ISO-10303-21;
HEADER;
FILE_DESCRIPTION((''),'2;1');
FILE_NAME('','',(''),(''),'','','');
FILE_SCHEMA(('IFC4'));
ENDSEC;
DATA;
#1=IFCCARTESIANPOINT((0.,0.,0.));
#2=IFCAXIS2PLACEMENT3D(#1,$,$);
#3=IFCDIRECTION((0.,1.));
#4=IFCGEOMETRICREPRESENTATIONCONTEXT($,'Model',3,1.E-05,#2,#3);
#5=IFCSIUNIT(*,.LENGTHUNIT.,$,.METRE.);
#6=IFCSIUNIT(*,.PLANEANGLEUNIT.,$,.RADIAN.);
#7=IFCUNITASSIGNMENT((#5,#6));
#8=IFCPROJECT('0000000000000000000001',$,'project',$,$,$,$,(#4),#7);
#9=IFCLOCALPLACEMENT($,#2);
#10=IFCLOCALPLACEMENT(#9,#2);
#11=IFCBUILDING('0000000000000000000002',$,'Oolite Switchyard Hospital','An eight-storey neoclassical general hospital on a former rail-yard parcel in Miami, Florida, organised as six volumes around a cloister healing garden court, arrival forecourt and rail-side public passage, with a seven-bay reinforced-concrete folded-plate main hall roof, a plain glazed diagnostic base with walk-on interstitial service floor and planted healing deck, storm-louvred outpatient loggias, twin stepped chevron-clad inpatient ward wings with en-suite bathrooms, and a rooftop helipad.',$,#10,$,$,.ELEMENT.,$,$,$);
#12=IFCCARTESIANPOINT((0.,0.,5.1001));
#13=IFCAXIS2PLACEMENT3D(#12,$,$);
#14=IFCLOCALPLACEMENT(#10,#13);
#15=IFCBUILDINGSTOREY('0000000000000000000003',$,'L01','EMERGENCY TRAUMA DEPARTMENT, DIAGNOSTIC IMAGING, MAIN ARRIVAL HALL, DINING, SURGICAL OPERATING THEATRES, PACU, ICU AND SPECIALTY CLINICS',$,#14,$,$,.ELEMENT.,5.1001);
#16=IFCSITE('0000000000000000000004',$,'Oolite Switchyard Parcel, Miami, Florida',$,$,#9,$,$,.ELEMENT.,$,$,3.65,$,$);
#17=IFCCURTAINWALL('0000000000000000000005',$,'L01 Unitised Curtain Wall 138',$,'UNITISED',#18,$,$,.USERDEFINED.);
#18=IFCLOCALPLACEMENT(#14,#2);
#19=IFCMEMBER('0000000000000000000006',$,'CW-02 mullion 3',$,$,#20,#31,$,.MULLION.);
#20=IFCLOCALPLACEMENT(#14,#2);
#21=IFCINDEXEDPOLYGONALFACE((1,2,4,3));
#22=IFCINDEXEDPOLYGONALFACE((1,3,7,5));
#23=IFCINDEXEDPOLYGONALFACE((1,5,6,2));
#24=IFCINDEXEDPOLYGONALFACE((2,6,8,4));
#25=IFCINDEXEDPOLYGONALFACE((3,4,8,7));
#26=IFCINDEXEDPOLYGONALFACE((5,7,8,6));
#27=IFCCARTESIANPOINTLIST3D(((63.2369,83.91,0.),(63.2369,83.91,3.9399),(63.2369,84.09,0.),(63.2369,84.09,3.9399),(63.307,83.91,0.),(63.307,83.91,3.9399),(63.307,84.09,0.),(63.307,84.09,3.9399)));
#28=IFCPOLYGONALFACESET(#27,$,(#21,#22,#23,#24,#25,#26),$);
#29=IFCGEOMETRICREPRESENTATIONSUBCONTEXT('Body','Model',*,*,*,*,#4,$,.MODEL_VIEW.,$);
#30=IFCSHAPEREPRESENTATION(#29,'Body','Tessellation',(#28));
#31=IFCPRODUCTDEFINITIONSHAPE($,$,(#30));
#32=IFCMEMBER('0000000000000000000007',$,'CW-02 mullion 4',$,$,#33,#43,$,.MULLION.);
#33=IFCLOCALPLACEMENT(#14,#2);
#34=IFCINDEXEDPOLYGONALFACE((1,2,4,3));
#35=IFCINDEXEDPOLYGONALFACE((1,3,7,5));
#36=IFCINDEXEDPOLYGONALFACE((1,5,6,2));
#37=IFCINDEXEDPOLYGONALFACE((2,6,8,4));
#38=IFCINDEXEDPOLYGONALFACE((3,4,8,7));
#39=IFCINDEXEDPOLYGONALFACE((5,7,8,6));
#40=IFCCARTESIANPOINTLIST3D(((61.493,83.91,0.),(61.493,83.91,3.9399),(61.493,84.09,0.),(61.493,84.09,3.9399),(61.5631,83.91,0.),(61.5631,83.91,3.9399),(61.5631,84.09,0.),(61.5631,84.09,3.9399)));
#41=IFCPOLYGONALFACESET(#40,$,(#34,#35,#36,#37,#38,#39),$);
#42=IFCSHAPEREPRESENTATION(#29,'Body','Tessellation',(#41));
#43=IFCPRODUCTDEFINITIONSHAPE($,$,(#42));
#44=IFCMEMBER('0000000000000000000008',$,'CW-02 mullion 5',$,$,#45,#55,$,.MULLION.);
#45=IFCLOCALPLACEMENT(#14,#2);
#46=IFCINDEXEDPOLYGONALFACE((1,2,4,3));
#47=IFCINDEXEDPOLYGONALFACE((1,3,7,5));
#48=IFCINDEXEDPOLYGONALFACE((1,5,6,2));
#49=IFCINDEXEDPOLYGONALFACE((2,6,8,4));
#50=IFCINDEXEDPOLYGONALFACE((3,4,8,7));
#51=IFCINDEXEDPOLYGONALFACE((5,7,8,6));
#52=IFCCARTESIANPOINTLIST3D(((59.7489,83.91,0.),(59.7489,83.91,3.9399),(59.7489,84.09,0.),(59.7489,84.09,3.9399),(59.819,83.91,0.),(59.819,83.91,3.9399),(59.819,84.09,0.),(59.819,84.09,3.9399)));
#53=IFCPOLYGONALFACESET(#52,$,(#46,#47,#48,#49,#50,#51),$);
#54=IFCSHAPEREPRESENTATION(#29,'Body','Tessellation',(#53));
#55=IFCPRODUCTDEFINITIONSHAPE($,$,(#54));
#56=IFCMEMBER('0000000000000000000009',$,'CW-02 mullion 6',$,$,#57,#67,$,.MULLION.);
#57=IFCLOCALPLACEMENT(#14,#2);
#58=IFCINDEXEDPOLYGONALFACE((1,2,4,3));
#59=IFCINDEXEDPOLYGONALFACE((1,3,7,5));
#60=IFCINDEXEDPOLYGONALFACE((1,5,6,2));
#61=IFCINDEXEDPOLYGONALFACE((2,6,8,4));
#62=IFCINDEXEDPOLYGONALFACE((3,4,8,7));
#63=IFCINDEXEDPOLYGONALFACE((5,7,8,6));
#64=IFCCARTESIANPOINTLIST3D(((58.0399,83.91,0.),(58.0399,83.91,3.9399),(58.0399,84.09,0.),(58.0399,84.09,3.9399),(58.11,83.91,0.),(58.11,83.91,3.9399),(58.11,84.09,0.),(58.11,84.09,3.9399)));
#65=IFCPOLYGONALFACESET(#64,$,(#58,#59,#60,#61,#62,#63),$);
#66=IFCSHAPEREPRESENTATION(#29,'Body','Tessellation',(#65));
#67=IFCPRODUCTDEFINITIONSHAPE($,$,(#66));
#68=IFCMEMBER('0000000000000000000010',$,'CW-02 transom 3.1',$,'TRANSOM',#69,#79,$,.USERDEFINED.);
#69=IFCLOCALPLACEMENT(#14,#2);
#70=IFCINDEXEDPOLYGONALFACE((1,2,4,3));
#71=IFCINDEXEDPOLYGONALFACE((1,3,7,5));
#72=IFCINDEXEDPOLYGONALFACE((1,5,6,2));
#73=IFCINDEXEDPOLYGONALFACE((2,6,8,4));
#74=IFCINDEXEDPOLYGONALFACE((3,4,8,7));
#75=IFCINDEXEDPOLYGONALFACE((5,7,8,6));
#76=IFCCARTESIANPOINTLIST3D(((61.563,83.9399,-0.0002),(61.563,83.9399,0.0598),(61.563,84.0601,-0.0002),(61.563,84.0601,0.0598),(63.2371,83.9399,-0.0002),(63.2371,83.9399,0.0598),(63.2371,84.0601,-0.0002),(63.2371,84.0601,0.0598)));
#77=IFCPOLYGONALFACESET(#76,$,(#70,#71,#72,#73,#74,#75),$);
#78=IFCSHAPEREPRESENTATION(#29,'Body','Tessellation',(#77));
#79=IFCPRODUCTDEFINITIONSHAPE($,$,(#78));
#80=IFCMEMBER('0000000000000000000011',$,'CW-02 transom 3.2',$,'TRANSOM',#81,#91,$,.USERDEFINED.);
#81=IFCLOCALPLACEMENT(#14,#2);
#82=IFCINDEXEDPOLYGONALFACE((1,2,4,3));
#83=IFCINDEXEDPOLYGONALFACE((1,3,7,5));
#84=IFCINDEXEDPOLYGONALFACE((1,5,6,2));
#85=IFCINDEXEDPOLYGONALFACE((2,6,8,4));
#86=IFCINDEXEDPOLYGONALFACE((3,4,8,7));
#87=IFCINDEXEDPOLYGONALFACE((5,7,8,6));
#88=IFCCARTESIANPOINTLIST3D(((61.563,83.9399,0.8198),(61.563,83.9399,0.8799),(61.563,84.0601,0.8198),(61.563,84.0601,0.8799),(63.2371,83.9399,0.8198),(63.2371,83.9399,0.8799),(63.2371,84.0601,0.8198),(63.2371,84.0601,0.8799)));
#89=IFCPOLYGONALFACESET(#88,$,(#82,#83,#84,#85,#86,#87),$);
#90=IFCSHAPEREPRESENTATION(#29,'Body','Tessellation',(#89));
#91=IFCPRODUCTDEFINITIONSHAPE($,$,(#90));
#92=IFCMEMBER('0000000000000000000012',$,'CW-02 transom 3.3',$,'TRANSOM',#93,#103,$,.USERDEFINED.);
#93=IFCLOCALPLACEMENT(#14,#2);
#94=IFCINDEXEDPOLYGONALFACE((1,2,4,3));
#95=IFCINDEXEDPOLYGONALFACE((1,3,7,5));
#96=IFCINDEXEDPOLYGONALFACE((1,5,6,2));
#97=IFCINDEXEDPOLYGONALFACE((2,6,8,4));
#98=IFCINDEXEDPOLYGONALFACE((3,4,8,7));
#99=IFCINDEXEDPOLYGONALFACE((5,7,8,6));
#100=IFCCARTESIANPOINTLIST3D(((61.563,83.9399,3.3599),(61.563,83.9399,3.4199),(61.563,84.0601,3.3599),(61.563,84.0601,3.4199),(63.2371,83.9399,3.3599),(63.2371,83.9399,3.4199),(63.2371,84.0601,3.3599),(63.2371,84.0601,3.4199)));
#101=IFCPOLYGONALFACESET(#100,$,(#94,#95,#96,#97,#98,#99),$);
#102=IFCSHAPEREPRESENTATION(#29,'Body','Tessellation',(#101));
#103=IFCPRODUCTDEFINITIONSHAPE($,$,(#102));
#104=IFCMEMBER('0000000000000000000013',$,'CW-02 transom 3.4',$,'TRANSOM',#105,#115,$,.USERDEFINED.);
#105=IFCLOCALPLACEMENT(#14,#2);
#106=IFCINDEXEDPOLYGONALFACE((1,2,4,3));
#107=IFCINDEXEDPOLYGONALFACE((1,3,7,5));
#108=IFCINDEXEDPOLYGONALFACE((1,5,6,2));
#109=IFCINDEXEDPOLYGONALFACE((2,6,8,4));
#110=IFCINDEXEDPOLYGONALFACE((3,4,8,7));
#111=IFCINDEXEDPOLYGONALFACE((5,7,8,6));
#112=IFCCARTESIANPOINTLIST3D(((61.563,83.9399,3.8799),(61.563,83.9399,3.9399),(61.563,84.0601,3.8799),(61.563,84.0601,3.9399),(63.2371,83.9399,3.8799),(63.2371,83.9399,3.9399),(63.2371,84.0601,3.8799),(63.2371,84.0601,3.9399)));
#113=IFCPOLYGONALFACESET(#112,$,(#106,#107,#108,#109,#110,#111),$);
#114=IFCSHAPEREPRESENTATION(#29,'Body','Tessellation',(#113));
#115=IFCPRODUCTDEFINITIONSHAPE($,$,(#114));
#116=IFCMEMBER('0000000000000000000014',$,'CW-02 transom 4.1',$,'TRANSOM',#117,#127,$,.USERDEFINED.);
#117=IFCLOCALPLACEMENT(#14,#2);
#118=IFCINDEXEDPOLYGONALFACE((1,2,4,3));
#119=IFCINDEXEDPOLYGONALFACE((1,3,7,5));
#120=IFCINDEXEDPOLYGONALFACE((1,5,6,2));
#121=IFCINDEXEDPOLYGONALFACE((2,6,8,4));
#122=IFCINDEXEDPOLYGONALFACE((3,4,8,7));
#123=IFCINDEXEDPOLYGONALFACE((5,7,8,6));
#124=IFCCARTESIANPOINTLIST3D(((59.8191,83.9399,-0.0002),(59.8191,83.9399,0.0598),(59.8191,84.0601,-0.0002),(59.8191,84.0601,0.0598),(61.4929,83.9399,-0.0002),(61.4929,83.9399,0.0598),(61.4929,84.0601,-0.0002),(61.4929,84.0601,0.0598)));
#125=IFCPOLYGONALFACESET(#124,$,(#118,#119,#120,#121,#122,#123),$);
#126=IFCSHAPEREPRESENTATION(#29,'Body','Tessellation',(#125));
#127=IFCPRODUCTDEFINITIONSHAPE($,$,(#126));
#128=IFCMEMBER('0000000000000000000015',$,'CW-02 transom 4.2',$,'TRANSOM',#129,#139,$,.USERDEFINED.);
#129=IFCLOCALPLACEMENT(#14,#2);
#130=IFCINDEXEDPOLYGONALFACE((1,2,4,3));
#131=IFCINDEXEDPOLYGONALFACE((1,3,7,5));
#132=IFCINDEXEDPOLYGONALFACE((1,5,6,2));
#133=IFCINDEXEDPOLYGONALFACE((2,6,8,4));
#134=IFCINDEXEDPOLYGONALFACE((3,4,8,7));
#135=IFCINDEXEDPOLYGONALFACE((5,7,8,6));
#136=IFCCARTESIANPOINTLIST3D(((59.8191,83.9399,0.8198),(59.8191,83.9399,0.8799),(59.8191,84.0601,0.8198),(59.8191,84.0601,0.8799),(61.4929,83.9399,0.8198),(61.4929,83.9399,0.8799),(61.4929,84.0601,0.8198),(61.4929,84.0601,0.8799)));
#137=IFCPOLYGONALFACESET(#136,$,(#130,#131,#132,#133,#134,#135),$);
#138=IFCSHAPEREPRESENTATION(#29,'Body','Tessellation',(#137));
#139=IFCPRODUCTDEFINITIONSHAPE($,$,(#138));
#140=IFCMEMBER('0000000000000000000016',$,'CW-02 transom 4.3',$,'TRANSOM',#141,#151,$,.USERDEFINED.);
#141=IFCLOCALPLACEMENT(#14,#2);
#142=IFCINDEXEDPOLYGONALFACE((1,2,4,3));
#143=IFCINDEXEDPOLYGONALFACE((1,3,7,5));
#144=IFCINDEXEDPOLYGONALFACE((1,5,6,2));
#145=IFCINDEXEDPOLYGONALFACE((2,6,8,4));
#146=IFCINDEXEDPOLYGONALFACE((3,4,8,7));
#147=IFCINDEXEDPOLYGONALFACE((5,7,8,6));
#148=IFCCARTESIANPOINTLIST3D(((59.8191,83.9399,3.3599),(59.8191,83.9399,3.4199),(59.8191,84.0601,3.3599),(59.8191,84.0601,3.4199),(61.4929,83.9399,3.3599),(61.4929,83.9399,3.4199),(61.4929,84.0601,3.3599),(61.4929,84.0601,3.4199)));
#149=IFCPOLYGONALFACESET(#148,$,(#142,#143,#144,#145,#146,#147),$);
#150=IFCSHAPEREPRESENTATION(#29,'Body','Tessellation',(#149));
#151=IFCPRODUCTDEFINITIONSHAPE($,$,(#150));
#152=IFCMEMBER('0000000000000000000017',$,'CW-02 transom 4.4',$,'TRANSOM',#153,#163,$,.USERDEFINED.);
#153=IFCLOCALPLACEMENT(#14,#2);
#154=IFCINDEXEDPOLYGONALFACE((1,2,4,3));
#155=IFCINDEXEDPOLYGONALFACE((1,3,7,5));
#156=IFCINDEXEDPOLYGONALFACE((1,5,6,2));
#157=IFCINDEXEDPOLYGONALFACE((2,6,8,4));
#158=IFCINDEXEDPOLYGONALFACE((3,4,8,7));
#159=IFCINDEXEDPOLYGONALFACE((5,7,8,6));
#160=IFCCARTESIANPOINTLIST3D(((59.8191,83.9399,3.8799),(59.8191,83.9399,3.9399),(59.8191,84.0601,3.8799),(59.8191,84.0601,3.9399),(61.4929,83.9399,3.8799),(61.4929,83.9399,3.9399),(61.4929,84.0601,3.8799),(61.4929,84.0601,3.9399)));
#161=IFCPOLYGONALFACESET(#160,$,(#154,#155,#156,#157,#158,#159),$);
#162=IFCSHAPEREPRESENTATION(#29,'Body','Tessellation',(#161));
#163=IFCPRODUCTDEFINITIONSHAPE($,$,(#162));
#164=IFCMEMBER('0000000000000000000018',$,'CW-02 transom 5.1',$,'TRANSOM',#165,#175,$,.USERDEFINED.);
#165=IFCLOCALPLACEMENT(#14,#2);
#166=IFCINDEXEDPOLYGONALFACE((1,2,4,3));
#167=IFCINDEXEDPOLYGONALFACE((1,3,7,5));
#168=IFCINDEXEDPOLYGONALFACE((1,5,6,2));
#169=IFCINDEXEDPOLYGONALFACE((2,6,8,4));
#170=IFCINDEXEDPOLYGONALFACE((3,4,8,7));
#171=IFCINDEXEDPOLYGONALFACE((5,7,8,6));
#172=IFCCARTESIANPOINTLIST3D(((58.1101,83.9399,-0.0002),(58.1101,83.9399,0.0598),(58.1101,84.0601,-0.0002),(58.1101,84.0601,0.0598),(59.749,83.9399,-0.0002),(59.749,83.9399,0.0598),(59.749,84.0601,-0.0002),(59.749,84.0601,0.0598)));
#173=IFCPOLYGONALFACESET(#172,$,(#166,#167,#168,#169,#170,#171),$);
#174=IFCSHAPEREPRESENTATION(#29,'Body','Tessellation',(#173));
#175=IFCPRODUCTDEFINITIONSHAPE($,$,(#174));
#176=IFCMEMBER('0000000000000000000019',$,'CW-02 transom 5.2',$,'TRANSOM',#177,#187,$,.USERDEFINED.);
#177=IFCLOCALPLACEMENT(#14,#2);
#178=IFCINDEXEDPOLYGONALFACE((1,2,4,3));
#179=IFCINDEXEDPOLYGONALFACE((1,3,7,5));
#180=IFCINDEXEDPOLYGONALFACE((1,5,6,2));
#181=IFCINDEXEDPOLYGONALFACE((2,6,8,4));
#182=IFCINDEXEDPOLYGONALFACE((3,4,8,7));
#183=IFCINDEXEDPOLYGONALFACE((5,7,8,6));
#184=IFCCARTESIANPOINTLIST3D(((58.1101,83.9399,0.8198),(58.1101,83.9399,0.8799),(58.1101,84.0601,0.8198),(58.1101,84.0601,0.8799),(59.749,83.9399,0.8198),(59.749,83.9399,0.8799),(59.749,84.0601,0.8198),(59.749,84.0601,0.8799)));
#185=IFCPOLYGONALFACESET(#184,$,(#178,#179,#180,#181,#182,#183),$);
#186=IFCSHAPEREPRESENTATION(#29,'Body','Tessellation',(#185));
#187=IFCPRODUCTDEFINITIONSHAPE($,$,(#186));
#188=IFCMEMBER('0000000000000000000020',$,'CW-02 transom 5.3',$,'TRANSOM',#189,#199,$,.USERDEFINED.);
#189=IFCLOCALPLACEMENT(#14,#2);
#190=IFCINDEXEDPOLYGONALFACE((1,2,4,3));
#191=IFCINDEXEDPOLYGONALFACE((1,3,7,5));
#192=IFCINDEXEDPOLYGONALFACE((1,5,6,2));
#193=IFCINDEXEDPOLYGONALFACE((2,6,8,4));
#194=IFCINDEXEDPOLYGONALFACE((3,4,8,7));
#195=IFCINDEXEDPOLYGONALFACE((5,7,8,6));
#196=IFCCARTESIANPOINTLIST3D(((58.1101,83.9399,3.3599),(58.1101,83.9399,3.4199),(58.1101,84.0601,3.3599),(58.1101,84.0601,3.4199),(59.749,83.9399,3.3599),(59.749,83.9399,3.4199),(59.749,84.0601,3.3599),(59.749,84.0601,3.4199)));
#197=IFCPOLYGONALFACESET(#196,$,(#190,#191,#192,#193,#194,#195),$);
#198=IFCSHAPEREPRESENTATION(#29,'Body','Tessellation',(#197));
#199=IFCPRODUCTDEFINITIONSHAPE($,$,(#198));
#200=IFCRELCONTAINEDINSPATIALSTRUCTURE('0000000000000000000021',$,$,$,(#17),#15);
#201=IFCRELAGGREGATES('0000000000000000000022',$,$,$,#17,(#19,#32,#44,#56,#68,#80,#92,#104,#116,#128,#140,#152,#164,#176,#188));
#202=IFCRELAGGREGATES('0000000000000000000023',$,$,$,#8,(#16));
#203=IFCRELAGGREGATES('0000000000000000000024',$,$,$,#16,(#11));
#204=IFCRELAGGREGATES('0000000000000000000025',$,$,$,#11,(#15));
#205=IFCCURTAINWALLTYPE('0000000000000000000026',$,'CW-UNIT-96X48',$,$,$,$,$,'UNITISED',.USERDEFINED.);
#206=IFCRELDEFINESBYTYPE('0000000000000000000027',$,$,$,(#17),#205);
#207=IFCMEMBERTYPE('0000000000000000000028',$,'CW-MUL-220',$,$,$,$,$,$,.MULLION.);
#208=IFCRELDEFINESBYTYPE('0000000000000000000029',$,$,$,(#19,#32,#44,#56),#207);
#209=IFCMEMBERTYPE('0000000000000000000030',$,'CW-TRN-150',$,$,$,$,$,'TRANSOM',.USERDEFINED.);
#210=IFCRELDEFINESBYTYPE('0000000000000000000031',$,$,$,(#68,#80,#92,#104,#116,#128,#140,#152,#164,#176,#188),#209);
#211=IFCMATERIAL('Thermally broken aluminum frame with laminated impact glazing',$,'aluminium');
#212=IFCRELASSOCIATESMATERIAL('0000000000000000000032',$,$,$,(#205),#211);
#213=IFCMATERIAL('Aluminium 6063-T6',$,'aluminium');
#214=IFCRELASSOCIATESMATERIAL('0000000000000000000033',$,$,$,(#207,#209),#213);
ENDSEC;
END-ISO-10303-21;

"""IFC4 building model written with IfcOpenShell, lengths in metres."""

from ifc_helpers import new_model, si_unit, direction, frame, origin, origin_2d, place, context, subcontext, project, spatial, rectangle, extrude, material, material_profile, profile_set, type_object, element, aggregate, save


model = new_model("IFC4")

# Units and contexts
model_context = context("Model", 3, precision=1e-05, world=origin(), true_north=direction((0.0, 1.0)))
body_context = subcontext(model_context, "Body", "Model", "MODEL_VIEW")
ifc_project = project(units=[si_unit("LENGTHUNIT", "METRE"), si_unit("PLANEANGLEUNIT", "RADIAN")], contexts=[model_context])

# Site, building, storey
site_placement = place(None, origin())
site = spatial("IfcSite", under=ifc_project, at=site_placement, Name="Oolite Switchyard Parcel, Miami, Florida", CompositionType="ELEMENT", RefElevation=3.65)
building_placement = place(site_placement, origin())
building = spatial("IfcBuilding", under=site, at=building_placement, Name="Oolite Switchyard Hospital", Description="An eight-storey neoclassical general hospital on a former rail-yard parcel in Miami, Florida, organised as six volumes around a cloister healing garden court, arrival forecourt and rail-side public passage, with a seven-bay reinforced-concrete folded-plate main hall roof, a plain glazed diagnostic base with walk-on interstitial service floor and planted healing deck, storm-louvred outpatient loggias, twin stepped chevron-clad inpatient ward wings with en-suite bathrooms, and a rooftop helipad.", CompositionType="ELEMENT")
storey_placement = place(building_placement, frame((0.0, 0.0, 5.1001)))
storey = spatial("IfcBuildingStorey", under=building, at=storey_placement, Name="L01", Description="EMERGENCY TRAUMA DEPARTMENT, DIAGNOSTIC IMAGING, MAIN ARRIVAL HALL, DINING, SURGICAL OPERATING THEATRES, PACU, ICU AND SPECIALTY CLINICS", CompositionType="ELEMENT", Elevation=5.1001)

# Curtain wall, members
ifc_material_1 = material(Name="Thermally broken aluminum frame with laminated impact glazing", Category="aluminium")
curtain_wall_type = type_object("IfcCurtainWallType", Name="CW-UNIT-96X48", ElementType="UNITISED", PredefinedType="USERDEFINED", material=ifc_material_1)
curtain_wall_placement = place(storey_placement, origin())
curtain_wall = element("IfcCurtainWall", 1, at=curtain_wall_placement, inside=storey, type_object=curtain_wall_type, Name="L01 Unitised Curtain Wall 138", ObjectType="UNITISED", PredefinedType="USERDEFINED")
ifc_material_2 = material(Name="Aluminium 6063-T6", Category="aluminium")
ifc_material_profile_1 = material_profile(ifc_material_2, rectangle(XDim=0.1799, YDim=0.0701, at=origin_2d()), Name="CWM70X180")
ifc_profile_set_1 = profile_set([ifc_material_profile_1], Name="Aluminium 6063-T6")
member_type_1 = type_object("IfcMemberType", Name="CW-MUL-220", PredefinedType="MULLION", material=ifc_profile_set_1)
member_1_placement = place(storey_placement, frame((63.272, 84.0, 0.0), z_axis=(0.0, 0.0, 1.0), x_axis=(0.0, -1.0, 0.0)))
member_1 = element("IfcMember", 2, at=member_1_placement, type_object=member_type_1, Name="CW-02 mullion 3", PredefinedType="MULLION", context=body_context, shape_type="SweptSolid", body=[
    extrude(rectangle(XDim=0.1799, YDim=0.0701, at=origin_2d()), origin(), (0.0, 0.0, 1.0), 3.9399),
])
member_2_placement = place(storey_placement, frame((61.5281, 84.0, 0.0), z_axis=(0.0, 0.0, 1.0), x_axis=(0.0, -1.0, 0.0)))
member_2 = element("IfcMember", 3, at=member_2_placement, type_object=member_type_1, Name="CW-02 mullion 4", PredefinedType="MULLION", context=body_context, shape_type="SweptSolid", body=[
    extrude(rectangle(XDim=0.1799, YDim=0.0701, at=origin_2d()), origin(), (0.0, 0.0, 1.0), 3.9399),
])
member_3_placement = place(storey_placement, frame((59.7839, 84.0, 0.0), z_axis=(0.0, 0.0, 1.0), x_axis=(0.0, -1.0, 0.0)))
member_3 = element("IfcMember", 4, at=member_3_placement, type_object=member_type_1, Name="CW-02 mullion 5", PredefinedType="MULLION", context=body_context, shape_type="SweptSolid", body=[
    extrude(rectangle(XDim=0.1799, YDim=0.0701, at=origin_2d()), origin(), (0.0, 0.0, 1.0), 3.9399),
])
member_4_placement = place(storey_placement, frame((58.075, 84.0, 0.0), z_axis=(0.0, 0.0, 1.0), x_axis=(0.0, -1.0, 0.0)))
member_4 = element("IfcMember", 5, at=member_4_placement, type_object=member_type_1, Name="CW-02 mullion 6", PredefinedType="MULLION", context=body_context, shape_type="SweptSolid", body=[
    extrude(rectangle(XDim=0.1799, YDim=0.0701, at=origin_2d()), origin(), (0.0, 0.0, 1.0), 3.9399),
])
ifc_material_profile_2 = material_profile(ifc_material_2, rectangle(XDim=0.1201, YDim=0.0601, at=origin_2d()), Name="CWT60X120")
ifc_profile_set_2 = profile_set([ifc_material_profile_2], Name="Aluminium 6063-T6")
member_type_2 = type_object("IfcMemberType", Name="CW-TRN-150", ElementType="TRANSOM", PredefinedType="USERDEFINED", material=ifc_profile_set_2)
member_5_placement = place(storey_placement, frame((63.2371, 84.0, 0.0298), z_axis=(-1.0, 0.0, 0.0), x_axis=(0.0, -1.0, 0.0)))
member_5 = element("IfcMember", 6, at=member_5_placement, type_object=member_type_2, Name="CW-02 transom 3.1", ObjectType="TRANSOM", PredefinedType="USERDEFINED", context=body_context, shape_type="SweptSolid", body=[
    extrude(rectangle(XDim=0.1201, YDim=0.0601, at=origin_2d()), origin(), (0.0, 0.0, 1.0), 1.6741),
])
member_6_placement = place(storey_placement, frame((63.2371, 84.0, 0.8499), z_axis=(-1.0, 0.0, 0.0), x_axis=(0.0, -1.0, 0.0)))
member_6 = element("IfcMember", 7, at=member_6_placement, type_object=member_type_2, Name="CW-02 transom 3.2", ObjectType="TRANSOM", PredefinedType="USERDEFINED", context=body_context, shape_type="SweptSolid", body=[
    extrude(rectangle(XDim=0.1201, YDim=0.0601, at=origin_2d()), origin(), (0.0, 0.0, 1.0), 1.6741),
])
member_7_placement = place(storey_placement, frame((63.2371, 84.0, 3.3899), z_axis=(-1.0, 0.0, 0.0), x_axis=(0.0, -1.0, 0.0)))
member_7 = element("IfcMember", 8, at=member_7_placement, type_object=member_type_2, Name="CW-02 transom 3.3", ObjectType="TRANSOM", PredefinedType="USERDEFINED", context=body_context, shape_type="SweptSolid", body=[
    extrude(rectangle(XDim=0.1201, YDim=0.0601, at=origin_2d()), origin(), (0.0, 0.0, 1.0), 1.6741),
])
member_8_placement = place(storey_placement, frame((63.2371, 84.0, 3.9099), z_axis=(-1.0, 0.0, 0.0), x_axis=(0.0, -1.0, 0.0)))
member_8 = element("IfcMember", 9, at=member_8_placement, type_object=member_type_2, Name="CW-02 transom 3.4", ObjectType="TRANSOM", PredefinedType="USERDEFINED", context=body_context, shape_type="SweptSolid", body=[
    extrude(rectangle(XDim=0.1201, YDim=0.0601, at=origin_2d()), origin(), (0.0, 0.0, 1.0), 1.6741),
])
member_9_placement = place(storey_placement, frame((61.4929, 84.0, 0.0298), z_axis=(-1.0, 0.0, 0.0), x_axis=(0.0, -1.0, 0.0)))
member_9 = element("IfcMember", 10, at=member_9_placement, type_object=member_type_2, Name="CW-02 transom 4.1", ObjectType="TRANSOM", PredefinedType="USERDEFINED", context=body_context, shape_type="SweptSolid", body=[
    extrude(rectangle(XDim=0.1201, YDim=0.0601, at=origin_2d()), origin(), (0.0, 0.0, 1.0), 1.6738),
])
member_10_placement = place(storey_placement, frame((61.4929, 84.0, 0.8499), z_axis=(-1.0, 0.0, 0.0), x_axis=(0.0, -1.0, 0.0)))
member_10 = element("IfcMember", 11, at=member_10_placement, type_object=member_type_2, Name="CW-02 transom 4.2", ObjectType="TRANSOM", PredefinedType="USERDEFINED", context=body_context, shape_type="SweptSolid", body=[
    extrude(rectangle(XDim=0.1201, YDim=0.0601, at=origin_2d()), origin(), (0.0, 0.0, 1.0), 1.6738),
])
member_11_placement = place(storey_placement, frame((61.4929, 84.0, 3.3899), z_axis=(-1.0, 0.0, 0.0), x_axis=(0.0, -1.0, 0.0)))
member_11 = element("IfcMember", 12, at=member_11_placement, type_object=member_type_2, Name="CW-02 transom 4.3", ObjectType="TRANSOM", PredefinedType="USERDEFINED", context=body_context, shape_type="SweptSolid", body=[
    extrude(rectangle(XDim=0.1201, YDim=0.0601, at=origin_2d()), origin(), (0.0, 0.0, 1.0), 1.6738),
])
member_12_placement = place(storey_placement, frame((61.4929, 84.0, 3.9099), z_axis=(-1.0, 0.0, 0.0), x_axis=(0.0, -1.0, 0.0)))
member_12 = element("IfcMember", 13, at=member_12_placement, type_object=member_type_2, Name="CW-02 transom 4.4", ObjectType="TRANSOM", PredefinedType="USERDEFINED", context=body_context, shape_type="SweptSolid", body=[
    extrude(rectangle(XDim=0.1201, YDim=0.0601, at=origin_2d()), origin(), (0.0, 0.0, 1.0), 1.6738),
])
member_13_placement = place(storey_placement, frame((59.749, 84.0, 0.0298), z_axis=(-1.0, 0.0, 0.0), x_axis=(0.0, -1.0, 0.0)))
member_13 = element("IfcMember", 14, at=member_13_placement, type_object=member_type_2, Name="CW-02 transom 5.1", ObjectType="TRANSOM", PredefinedType="USERDEFINED", context=body_context, shape_type="SweptSolid", body=[
    extrude(rectangle(XDim=0.1201, YDim=0.0601, at=origin_2d()), origin(), (0.0, 0.0, 1.0), 1.6389),
])
member_14_placement = place(storey_placement, frame((59.749, 84.0, 0.8499), z_axis=(-1.0, 0.0, 0.0), x_axis=(0.0, -1.0, 0.0)))
member_14 = element("IfcMember", 15, at=member_14_placement, type_object=member_type_2, Name="CW-02 transom 5.2", ObjectType="TRANSOM", PredefinedType="USERDEFINED", context=body_context, shape_type="SweptSolid", body=[
    extrude(rectangle(XDim=0.1201, YDim=0.0601, at=origin_2d()), origin(), (0.0, 0.0, 1.0), 1.6389),
])
member_15_placement = place(storey_placement, frame((59.749, 84.0, 3.3899), z_axis=(-1.0, 0.0, 0.0), x_axis=(0.0, -1.0, 0.0)))
member_15 = element("IfcMember", 16, at=member_15_placement, type_object=member_type_2, Name="CW-02 transom 5.3", ObjectType="TRANSOM", PredefinedType="USERDEFINED", context=body_context, shape_type="SweptSolid", body=[
    extrude(rectangle(XDim=0.1201, YDim=0.0601, at=origin_2d()), origin(), (0.0, 0.0, 1.0), 1.6389),
])
aggregate(curtain_wall, [member_1, member_2, member_3, member_4, member_5, member_6, member_7, member_8, member_9, member_10, member_11, member_12, member_13, member_14, member_15])

save(model, "model.ifc")
